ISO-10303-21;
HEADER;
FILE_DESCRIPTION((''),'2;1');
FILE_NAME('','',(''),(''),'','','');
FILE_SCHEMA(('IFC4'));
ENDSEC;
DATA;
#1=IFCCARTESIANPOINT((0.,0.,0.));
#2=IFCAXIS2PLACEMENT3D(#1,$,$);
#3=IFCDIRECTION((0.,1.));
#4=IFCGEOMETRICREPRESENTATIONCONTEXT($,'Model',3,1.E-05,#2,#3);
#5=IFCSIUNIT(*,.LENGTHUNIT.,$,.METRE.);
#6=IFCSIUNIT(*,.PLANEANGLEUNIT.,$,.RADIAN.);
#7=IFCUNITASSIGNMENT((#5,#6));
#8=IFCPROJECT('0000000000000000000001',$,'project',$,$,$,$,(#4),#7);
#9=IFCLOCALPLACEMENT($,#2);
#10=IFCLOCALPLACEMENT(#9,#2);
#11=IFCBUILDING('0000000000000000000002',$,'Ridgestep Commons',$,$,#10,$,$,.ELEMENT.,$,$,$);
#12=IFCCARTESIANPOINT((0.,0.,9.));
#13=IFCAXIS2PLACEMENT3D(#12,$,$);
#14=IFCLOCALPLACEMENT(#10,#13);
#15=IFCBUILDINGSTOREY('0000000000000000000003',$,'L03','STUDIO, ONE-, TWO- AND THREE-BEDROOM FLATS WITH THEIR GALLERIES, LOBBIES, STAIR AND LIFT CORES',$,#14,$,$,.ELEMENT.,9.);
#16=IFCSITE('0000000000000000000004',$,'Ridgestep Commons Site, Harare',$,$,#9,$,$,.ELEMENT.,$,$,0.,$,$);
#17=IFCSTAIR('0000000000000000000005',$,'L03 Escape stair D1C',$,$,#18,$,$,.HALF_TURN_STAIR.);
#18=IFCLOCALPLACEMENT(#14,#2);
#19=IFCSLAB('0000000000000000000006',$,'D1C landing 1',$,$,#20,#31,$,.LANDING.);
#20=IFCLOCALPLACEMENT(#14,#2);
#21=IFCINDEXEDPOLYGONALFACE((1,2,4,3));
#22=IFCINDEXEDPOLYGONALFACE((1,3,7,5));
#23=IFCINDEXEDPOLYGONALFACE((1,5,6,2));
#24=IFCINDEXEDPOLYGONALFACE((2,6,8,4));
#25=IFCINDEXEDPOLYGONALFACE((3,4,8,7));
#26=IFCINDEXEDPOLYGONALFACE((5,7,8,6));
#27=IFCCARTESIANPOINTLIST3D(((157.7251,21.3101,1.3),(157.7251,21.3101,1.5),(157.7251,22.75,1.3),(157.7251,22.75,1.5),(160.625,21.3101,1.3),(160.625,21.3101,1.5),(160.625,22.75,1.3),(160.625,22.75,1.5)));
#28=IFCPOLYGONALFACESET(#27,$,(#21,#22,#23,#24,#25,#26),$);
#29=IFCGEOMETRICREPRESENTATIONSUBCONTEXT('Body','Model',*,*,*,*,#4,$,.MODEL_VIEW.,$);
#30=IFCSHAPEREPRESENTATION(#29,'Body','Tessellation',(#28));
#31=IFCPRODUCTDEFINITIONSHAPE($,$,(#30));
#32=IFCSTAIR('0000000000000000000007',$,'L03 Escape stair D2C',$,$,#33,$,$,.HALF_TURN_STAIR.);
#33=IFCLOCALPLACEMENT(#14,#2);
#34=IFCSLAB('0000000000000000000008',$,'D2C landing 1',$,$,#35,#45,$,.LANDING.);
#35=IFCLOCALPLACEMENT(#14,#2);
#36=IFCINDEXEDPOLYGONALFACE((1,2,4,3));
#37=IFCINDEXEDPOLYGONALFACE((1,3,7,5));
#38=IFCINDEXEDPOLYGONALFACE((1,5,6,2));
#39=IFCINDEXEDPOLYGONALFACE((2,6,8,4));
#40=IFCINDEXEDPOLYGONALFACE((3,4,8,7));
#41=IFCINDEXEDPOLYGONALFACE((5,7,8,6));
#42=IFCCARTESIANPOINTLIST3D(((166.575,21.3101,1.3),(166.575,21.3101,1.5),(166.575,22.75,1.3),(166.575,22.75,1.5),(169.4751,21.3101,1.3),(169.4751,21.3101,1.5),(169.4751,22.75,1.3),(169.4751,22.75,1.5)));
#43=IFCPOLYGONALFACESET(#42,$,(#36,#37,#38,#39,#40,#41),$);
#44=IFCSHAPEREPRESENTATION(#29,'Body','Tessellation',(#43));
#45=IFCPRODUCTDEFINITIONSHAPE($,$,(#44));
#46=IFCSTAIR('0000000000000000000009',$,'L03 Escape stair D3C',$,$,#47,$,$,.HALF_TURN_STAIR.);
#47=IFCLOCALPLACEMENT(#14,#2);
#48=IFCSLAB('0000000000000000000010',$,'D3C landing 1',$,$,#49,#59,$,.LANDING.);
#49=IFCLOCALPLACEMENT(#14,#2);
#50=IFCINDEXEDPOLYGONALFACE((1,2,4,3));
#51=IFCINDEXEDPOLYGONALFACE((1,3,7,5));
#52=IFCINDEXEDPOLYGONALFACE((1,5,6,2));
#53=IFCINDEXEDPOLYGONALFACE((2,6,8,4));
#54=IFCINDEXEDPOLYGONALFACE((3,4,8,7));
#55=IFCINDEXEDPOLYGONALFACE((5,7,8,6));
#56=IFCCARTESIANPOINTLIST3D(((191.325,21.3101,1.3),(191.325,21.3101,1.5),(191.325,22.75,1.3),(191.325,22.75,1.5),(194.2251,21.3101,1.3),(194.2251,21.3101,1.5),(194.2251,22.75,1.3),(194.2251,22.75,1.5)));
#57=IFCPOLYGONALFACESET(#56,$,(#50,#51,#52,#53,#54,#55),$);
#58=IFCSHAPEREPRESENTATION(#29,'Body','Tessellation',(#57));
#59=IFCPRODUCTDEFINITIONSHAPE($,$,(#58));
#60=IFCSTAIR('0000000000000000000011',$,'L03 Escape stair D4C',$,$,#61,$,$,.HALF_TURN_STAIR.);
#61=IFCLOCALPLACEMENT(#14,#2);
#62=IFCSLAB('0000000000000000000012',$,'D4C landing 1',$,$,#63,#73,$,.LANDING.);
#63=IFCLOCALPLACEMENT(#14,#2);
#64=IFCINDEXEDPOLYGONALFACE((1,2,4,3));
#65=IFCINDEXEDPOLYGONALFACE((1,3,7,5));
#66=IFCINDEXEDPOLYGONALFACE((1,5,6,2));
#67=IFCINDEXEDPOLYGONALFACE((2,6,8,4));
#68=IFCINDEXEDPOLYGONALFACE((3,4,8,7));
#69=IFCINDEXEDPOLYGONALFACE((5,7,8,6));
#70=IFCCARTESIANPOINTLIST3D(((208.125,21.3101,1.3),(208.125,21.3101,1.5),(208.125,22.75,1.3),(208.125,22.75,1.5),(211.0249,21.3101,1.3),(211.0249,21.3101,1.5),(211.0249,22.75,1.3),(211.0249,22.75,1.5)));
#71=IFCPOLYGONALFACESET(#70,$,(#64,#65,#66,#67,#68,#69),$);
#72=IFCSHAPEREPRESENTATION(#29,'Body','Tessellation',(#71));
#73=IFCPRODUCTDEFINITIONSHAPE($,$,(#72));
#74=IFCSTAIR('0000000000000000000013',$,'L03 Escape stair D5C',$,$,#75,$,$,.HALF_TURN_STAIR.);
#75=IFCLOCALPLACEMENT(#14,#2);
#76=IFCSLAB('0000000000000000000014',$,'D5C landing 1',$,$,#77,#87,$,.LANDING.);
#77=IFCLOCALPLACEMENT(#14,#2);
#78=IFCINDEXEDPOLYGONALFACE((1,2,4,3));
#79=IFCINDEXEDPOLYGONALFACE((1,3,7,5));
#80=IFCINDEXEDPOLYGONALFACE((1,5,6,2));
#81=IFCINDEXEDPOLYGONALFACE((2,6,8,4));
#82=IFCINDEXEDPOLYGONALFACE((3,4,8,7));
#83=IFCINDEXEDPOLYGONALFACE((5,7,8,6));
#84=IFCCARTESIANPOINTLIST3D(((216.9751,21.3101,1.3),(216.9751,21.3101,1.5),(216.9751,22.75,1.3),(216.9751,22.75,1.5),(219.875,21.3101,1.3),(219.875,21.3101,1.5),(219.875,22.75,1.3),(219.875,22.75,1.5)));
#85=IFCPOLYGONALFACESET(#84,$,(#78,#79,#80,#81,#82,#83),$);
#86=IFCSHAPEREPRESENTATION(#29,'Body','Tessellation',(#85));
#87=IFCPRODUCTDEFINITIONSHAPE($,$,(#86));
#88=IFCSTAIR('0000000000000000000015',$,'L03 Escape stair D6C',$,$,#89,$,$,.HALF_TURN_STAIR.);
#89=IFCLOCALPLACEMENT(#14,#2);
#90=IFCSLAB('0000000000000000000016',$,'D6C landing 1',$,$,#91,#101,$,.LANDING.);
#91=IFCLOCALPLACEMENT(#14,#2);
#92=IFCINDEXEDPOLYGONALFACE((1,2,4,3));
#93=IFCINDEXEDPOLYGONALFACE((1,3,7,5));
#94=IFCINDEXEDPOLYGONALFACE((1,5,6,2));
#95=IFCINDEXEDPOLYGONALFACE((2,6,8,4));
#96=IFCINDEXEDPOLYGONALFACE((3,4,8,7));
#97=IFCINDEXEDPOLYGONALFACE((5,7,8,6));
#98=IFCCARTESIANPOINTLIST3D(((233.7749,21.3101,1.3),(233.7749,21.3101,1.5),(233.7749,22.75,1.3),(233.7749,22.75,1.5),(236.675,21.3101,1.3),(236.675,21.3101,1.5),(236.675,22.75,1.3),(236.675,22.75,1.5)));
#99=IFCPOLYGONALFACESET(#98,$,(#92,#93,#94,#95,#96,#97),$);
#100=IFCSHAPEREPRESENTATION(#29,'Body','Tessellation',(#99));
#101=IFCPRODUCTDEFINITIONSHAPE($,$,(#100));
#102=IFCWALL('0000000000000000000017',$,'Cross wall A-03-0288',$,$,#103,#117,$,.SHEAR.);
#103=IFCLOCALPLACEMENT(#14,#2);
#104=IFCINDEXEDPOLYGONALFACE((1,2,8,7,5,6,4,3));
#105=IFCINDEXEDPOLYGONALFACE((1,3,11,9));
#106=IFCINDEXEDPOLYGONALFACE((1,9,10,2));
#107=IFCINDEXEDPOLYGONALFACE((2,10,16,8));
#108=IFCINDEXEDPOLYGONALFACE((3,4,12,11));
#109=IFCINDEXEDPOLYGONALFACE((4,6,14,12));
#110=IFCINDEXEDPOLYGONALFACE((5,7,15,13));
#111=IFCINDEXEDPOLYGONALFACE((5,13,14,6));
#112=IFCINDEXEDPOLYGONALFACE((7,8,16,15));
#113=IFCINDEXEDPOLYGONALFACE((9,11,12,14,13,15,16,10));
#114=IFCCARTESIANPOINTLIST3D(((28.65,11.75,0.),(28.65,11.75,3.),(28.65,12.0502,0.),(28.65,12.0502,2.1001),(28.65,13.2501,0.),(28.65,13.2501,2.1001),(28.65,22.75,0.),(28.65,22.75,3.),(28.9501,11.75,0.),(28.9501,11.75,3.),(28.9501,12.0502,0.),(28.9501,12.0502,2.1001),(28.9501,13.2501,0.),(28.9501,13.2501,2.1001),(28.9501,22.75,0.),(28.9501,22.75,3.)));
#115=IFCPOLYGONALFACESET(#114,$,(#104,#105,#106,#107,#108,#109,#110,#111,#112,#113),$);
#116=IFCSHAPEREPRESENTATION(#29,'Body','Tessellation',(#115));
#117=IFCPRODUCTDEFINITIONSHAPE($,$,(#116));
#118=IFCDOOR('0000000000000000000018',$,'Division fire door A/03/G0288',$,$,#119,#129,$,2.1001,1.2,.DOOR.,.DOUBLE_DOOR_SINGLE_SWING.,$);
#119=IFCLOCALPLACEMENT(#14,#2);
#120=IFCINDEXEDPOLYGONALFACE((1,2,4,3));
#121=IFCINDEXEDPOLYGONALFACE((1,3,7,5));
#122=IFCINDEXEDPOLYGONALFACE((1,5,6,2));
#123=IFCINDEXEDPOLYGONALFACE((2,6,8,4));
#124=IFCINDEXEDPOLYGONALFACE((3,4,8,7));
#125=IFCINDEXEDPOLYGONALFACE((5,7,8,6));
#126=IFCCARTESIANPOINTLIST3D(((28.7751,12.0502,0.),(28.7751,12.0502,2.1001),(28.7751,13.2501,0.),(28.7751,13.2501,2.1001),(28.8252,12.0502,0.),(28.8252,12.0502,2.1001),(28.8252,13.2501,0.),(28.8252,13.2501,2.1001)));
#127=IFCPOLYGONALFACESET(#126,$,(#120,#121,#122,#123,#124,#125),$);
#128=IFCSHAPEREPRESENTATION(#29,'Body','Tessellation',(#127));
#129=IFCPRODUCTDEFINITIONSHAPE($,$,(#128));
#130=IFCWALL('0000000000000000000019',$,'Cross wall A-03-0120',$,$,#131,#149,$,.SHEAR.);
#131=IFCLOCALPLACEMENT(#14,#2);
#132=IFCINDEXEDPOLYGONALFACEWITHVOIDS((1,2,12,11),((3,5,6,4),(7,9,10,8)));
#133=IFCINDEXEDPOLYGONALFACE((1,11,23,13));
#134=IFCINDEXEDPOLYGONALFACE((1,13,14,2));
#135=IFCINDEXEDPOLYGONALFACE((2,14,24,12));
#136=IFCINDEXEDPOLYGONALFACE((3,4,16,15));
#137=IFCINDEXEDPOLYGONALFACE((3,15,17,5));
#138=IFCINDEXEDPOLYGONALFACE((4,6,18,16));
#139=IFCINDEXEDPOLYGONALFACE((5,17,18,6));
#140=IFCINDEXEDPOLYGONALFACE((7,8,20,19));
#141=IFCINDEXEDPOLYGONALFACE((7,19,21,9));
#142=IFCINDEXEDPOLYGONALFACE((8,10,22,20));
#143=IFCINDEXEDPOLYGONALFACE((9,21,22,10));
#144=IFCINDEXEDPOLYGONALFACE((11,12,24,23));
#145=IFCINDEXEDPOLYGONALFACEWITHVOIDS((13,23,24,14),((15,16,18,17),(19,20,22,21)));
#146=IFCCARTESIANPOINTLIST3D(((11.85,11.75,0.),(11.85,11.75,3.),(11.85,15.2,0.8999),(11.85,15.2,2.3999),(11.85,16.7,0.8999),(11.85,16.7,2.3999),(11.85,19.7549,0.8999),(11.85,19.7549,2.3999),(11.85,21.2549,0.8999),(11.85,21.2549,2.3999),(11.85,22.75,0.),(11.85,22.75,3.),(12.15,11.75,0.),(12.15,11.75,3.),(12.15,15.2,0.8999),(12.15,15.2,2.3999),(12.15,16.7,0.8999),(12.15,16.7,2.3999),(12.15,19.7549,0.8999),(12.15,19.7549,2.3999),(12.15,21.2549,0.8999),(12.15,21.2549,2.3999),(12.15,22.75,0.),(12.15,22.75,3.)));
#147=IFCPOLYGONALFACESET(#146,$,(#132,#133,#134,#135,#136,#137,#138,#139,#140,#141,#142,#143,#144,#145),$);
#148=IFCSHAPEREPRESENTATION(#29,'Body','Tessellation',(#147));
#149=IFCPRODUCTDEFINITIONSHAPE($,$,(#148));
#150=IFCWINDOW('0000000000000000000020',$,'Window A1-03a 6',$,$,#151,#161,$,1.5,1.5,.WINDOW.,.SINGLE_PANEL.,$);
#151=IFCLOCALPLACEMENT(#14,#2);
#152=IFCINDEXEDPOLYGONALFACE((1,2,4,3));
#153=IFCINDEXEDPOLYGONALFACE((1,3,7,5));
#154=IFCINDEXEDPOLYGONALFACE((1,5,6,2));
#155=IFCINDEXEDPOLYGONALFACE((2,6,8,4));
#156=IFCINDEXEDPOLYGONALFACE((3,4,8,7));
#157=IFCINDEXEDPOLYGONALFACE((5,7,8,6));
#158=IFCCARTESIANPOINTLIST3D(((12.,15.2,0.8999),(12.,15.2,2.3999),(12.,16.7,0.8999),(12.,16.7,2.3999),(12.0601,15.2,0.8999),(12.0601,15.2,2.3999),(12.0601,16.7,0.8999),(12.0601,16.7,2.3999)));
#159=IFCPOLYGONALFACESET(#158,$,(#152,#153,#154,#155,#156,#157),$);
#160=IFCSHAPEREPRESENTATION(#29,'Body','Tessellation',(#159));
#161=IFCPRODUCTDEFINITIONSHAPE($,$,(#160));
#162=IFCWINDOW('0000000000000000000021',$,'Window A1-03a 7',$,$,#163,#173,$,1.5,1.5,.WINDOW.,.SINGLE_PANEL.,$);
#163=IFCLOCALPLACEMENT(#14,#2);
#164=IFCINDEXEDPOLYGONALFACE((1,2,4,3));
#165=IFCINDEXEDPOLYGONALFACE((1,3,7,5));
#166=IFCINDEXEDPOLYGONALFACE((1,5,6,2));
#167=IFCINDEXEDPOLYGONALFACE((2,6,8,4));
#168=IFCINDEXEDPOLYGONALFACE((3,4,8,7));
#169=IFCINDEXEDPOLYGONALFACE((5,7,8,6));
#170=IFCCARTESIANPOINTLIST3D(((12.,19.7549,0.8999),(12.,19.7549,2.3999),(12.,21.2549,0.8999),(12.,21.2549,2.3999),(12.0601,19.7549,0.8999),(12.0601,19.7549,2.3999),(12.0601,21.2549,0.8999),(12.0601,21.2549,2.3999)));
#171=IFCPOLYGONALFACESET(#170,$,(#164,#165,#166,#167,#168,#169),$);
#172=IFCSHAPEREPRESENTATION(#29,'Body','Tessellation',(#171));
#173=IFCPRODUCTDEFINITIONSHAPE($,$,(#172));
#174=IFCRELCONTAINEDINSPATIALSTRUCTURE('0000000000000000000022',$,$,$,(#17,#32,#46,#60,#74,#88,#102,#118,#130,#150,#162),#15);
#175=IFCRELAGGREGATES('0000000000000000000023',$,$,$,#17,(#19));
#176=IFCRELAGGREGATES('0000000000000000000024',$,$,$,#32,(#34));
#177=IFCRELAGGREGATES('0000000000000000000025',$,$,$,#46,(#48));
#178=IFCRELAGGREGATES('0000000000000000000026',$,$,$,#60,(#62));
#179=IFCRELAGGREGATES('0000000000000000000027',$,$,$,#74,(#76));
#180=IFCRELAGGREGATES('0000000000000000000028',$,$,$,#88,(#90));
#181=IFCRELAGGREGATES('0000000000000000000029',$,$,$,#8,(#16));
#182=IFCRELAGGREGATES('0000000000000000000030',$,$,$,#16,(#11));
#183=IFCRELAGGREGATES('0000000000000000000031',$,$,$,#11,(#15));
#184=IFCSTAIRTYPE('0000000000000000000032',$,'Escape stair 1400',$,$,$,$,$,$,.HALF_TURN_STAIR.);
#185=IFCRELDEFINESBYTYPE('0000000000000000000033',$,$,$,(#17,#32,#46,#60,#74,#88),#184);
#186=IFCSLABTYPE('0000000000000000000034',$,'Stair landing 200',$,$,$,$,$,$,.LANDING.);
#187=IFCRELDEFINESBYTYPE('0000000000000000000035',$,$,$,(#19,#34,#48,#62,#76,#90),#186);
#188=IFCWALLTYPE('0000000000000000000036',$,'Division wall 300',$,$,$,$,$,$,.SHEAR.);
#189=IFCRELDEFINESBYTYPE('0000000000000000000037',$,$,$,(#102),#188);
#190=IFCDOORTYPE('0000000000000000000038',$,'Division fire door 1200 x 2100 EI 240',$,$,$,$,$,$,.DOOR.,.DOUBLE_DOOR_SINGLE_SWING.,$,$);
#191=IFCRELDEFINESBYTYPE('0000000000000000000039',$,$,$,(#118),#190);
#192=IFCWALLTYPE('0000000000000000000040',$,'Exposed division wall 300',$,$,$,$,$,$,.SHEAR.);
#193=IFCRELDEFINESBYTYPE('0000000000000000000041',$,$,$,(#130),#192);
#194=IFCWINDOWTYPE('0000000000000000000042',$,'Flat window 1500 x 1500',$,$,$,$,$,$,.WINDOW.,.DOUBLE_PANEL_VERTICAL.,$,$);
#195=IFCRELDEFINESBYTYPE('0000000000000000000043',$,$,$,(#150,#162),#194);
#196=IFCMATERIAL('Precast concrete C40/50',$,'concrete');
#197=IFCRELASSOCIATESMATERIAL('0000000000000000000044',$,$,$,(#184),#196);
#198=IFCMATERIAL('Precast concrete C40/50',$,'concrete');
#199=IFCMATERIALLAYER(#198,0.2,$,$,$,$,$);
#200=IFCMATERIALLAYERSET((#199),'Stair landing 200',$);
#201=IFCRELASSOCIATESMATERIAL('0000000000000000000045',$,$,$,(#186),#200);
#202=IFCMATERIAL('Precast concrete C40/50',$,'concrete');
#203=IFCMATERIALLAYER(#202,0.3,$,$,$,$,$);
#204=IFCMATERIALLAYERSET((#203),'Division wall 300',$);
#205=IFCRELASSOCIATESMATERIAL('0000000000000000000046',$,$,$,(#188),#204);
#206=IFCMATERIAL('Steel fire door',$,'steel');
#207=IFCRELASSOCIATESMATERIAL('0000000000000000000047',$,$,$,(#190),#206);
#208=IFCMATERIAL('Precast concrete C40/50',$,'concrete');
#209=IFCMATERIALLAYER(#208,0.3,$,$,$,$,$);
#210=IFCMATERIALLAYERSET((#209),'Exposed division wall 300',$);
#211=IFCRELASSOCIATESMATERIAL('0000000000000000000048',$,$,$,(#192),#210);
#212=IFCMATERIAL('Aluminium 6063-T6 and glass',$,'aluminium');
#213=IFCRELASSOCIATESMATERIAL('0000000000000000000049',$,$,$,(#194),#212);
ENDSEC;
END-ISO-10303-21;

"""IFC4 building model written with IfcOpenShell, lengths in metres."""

from ifc_helpers import new_model, si_unit, direction, frame, frame_2d, origin, place, context, subcontext, project, spatial, polyline, rectangle, outline, extrude, material, layer, layer_set, type_object, element, fill, aggregate, save


model = new_model("IFC4")

# Units and contexts
model_context = context("Model", 3, precision=1e-05, world=origin(), true_north=direction((0.0, 1.0)))
body_context = subcontext(model_context, "Body", "Model", "MODEL_VIEW")
ifc_project = project(units=[si_unit("LENGTHUNIT", "METRE"), si_unit("PLANEANGLEUNIT", "RADIAN")], contexts=[model_context])

# Site, building, storey
site_placement = place(None, origin())
site = spatial("IfcSite", under=ifc_project, at=site_placement, Name="Ridgestep Commons Site, Harare", CompositionType="ELEMENT", RefElevation=0.0)
building_placement = place(site_placement, origin())
building = spatial("IfcBuilding", under=site, at=building_placement, Name="Ridgestep Commons", CompositionType="ELEMENT")
storey_placement = place(building_placement, frame((0.0, 0.0, 9.0)))
storey = spatial("IfcBuildingStorey", under=building, at=storey_placement, Name="L03", Description="STUDIO, ONE-, TWO- AND THREE-BEDROOM FLATS WITH THEIR GALLERIES, LOBBIES, STAIR AND LIFT CORES", CompositionType="ELEMENT", Elevation=9.0)

# Stairs, slabs
ifc_material_1 = material(Name="Precast concrete C40/50", Category="concrete")
stair_type = type_object("IfcStairType", Name="Escape stair 1400", PredefinedType="HALF_TURN_STAIR", material=ifc_material_1)
ifc_material_2 = material(Name="Precast concrete C40/50", Category="concrete")
ifc_layer_1 = layer(ifc_material_2, 0.2)
ifc_layer_set_1 = layer_set([ifc_layer_1], Name="Stair landing 200")
slab_type = type_object("IfcSlabType", Name="Stair landing 200", PredefinedType="LANDING", material=ifc_layer_set_1)
stair_1_placement = place(storey_placement, origin())
stair_1 = element("IfcStair", 1, at=stair_1_placement, inside=storey, type_object=stair_type, Name="L03 Escape stair D1C", PredefinedType="HALF_TURN_STAIR")
slab_1_placement = place(storey_placement, frame((0.0, 0.0, 1.3)))
slab_1 = element("IfcSlab", 2, at=slab_1_placement, type_object=slab_type, Name="D1C landing 1", PredefinedType="LANDING", context=body_context, shape_type="SweptSolid", body=[
    extrude(outline(polyline([(160.625, 21.3101), (160.625, 22.75), (157.7251, 22.75), (157.7251, 21.3101), (160.625, 21.3101)])), origin(), (0.0, 0.0, 1.0), 0.2),
])
aggregate(stair_1, [slab_1])
stair_2_placement = place(storey_placement, origin())
stair_2 = element("IfcStair", 3, at=stair_2_placement, inside=storey, type_object=stair_type, Name="L03 Escape stair D2C", PredefinedType="HALF_TURN_STAIR")
slab_2_placement = place(storey_placement, frame((0.0, 0.0, 1.3)))
slab_2 = element("IfcSlab", 4, at=slab_2_placement, type_object=slab_type, Name="D2C landing 1", PredefinedType="LANDING", context=body_context, shape_type="SweptSolid", body=[
    extrude(outline(polyline([(169.4751, 21.3101), (169.4751, 22.75), (166.575, 22.75), (166.575, 21.3101), (169.4751, 21.3101)])), origin(), (0.0, 0.0, 1.0), 0.2),
])
aggregate(stair_2, [slab_2])
stair_3_placement = place(storey_placement, origin())
stair_3 = element("IfcStair", 5, at=stair_3_placement, inside=storey, type_object=stair_type, Name="L03 Escape stair D3C", PredefinedType="HALF_TURN_STAIR")
slab_3_placement = place(storey_placement, frame((0.0, 0.0, 1.3)))
slab_3 = element("IfcSlab", 6, at=slab_3_placement, type_object=slab_type, Name="D3C landing 1", PredefinedType="LANDING", context=body_context, shape_type="SweptSolid", body=[
    extrude(outline(polyline([(194.2251, 21.3101), (194.2251, 22.75), (191.325, 22.75), (191.325, 21.3101), (194.2251, 21.3101)])), origin(), (0.0, 0.0, 1.0), 0.2),
])
aggregate(stair_3, [slab_3])
stair_4_placement = place(storey_placement, origin())
stair_4 = element("IfcStair", 7, at=stair_4_placement, inside=storey, type_object=stair_type, Name="L03 Escape stair D4C", PredefinedType="HALF_TURN_STAIR")
slab_4_placement = place(storey_placement, frame((0.0, 0.0, 1.3)))
slab_4 = element("IfcSlab", 8, at=slab_4_placement, type_object=slab_type, Name="D4C landing 1", PredefinedType="LANDING", context=body_context, shape_type="SweptSolid", body=[
    extrude(outline(polyline([(211.0249, 21.3101), (211.0249, 22.75), (208.125, 22.75), (208.125, 21.3101), (211.0249, 21.3101)])), origin(), (0.0, 0.0, 1.0), 0.2),
])
aggregate(stair_4, [slab_4])
stair_5_placement = place(storey_placement, origin())
stair_5 = element("IfcStair", 9, at=stair_5_placement, inside=storey, type_object=stair_type, Name="L03 Escape stair D5C", PredefinedType="HALF_TURN_STAIR")
slab_5_placement = place(storey_placement, frame((0.0, 0.0, 1.3)))
slab_5 = element("IfcSlab", 10, at=slab_5_placement, type_object=slab_type, Name="D5C landing 1", PredefinedType="LANDING", context=body_context, shape_type="SweptSolid", body=[
    extrude(outline(polyline([(219.875, 21.3101), (219.875, 22.75), (216.9751, 22.75), (216.9751, 21.3101), (219.875, 21.3101)])), origin(), (0.0, 0.0, 1.0), 0.2),
])
aggregate(stair_5, [slab_5])
stair_6_placement = place(storey_placement, origin())
stair_6 = element("IfcStair", 11, at=stair_6_placement, inside=storey, type_object=stair_type, Name="L03 Escape stair D6C", PredefinedType="HALF_TURN_STAIR")
slab_6_placement = place(storey_placement, frame((0.0, 0.0, 1.3)))
slab_6 = element("IfcSlab", 12, at=slab_6_placement, type_object=slab_type, Name="D6C landing 1", PredefinedType="LANDING", context=body_context, shape_type="SweptSolid", body=[
    extrude(outline(polyline([(236.675, 21.3101), (236.675, 22.75), (233.7749, 22.75), (233.7749, 21.3101), (236.675, 21.3101)])), origin(), (0.0, 0.0, 1.0), 0.2),
])
aggregate(stair_6, [slab_6])

# Wall, opening, door
ifc_material_3 = material(Name="Precast concrete C40/50", Category="concrete")
ifc_layer_2 = layer(ifc_material_3, 0.3)
ifc_layer_set_2 = layer_set([ifc_layer_2], Name="Division wall 300")
wall_type_1 = type_object("IfcWallType", Name="Division wall 300", PredefinedType="SHEAR", material=ifc_layer_set_2)
wall_1_placement = place(storey_placement, frame((28.8, 11.75, 0.0), z_axis=(0.0, 0.0, 1.0), x_axis=(0.0, 1.0, 0.0)))
wall_1 = element("IfcWall", 13, at=wall_1_placement, inside=storey, type_object=wall_type_1, Name="Cross wall A-03-0288", PredefinedType="SHEAR", context=body_context, shape_type="SweptSolid", body=[
    extrude(rectangle(XDim=11.0, YDim=0.3, at=frame_2d((5.5, 0.0))), origin(), (0.0, 0.0, 1.0), 3.0),
])
opening_1_placement = place(wall_1_placement, frame((0.3, 0.0, 0.0)))
opening_1 = element("IfcOpeningElement", 14, at=opening_1_placement, cuts=wall_1, PredefinedType="OPENING", context=body_context, shape_type="SweptSolid", body=[
    extrude(rectangle(XDim=1.2, YDim=2.1001, at=frame_2d((0.6001, 1.05))), frame((0.0, 0.1599, 0.0), z_axis=(0.0, -1.0, 0.0), x_axis=(1.0, 0.0, 0.0)), (0.0, 0.0, 1.0), 0.3201),
])
ifc_material_4 = material(Name="Steel fire door", Category="steel")
door_type = type_object("IfcDoorType", Name="Division fire door 1200 x 2100 EI 240", OperationType="DOUBLE_DOOR_SINGLE_SWING", PredefinedType="DOOR", material=ifc_material_4)
door_placement = place(opening_1_placement, origin())
door = element("IfcDoor", 15, at=door_placement, inside=storey, type_object=door_type, Name="Division fire door A/03/G0288", OperationType="DOUBLE_DOOR_SINGLE_SWING", OverallHeight=2.1001, OverallWidth=1.2, PredefinedType="DOOR", context=body_context, shape_type="SweptSolid", body=[
    extrude(rectangle(XDim=1.2, YDim=2.1001, at=frame_2d((0.6001, 1.05))), frame((0.0, 0.0249, 0.0), z_axis=(0.0, -1.0, 0.0), x_axis=(1.0, 0.0, 0.0)), (0.0, 0.0, 1.0), 0.05),
])
fill(opening_1, door)

# Wall, openings, windows
ifc_material_5 = material(Name="Precast concrete C40/50", Category="concrete")
ifc_layer_3 = layer(ifc_material_5, 0.3)
ifc_layer_set_3 = layer_set([ifc_layer_3], Name="Exposed division wall 300")
wall_type_2 = type_object("IfcWallType", Name="Exposed division wall 300", PredefinedType="SHEAR", material=ifc_layer_set_3)
wall_2_placement = place(storey_placement, frame((12.0, 11.75, 0.0), z_axis=(0.0, 0.0, 1.0), x_axis=(0.0, 1.0, 0.0)))
wall_2 = element("IfcWall", 16, at=wall_2_placement, inside=storey, type_object=wall_type_2, Name="Cross wall A-03-0120", PredefinedType="SHEAR", context=body_context, shape_type="SweptSolid", body=[
    extrude(rectangle(XDim=11.0, YDim=0.3, at=frame_2d((5.5, 0.0))), origin(), (0.0, 0.0, 1.0), 3.0),
])
opening_2_placement = place(wall_2_placement, frame((3.45, 0.0, 0.8999)))
opening_2 = element("IfcOpeningElement", 17, at=opening_2_placement, cuts=wall_2, PredefinedType="OPENING", context=body_context, shape_type="SweptSolid", body=[
    extrude(rectangle(XDim=1.5, YDim=1.5, at=frame_2d((0.75, 0.75))), frame((0.0, 0.1599, 0.0), z_axis=(0.0, -1.0, 0.0), x_axis=(1.0, 0.0, 0.0)), (0.0, 0.0, 1.0), 0.3201),
])
opening_3_placement = place(wall_2_placement, frame((8.0049, 0.0, 0.8999)))
opening_3 = element("IfcOpeningElement", 18, at=opening_3_placement, cuts=wall_2, PredefinedType="OPENING", context=body_context, shape_type="SweptSolid", body=[
    extrude(rectangle(XDim=1.5, YDim=1.5, at=frame_2d((0.75, 0.75))), frame((0.0, 0.1599, 0.0), z_axis=(0.0, -1.0, 0.0), x_axis=(1.0, 0.0, 0.0)), (0.0, 0.0, 1.0), 0.3201),
])
ifc_material_6 = material(Name="Aluminium 6063-T6 and glass", Category="aluminium")
window_type = type_object("IfcWindowType", Name="Flat window 1500 x 1500", PartitioningType="DOUBLE_PANEL_VERTICAL", PredefinedType="WINDOW", material=ifc_material_6)
window_1_placement = place(opening_2_placement, origin())
window_1 = element("IfcWindow", 19, at=window_1_placement, inside=storey, type_object=window_type, Name="Window A1-03a 6", OverallHeight=1.5, OverallWidth=1.5, PartitioningType="SINGLE_PANEL", PredefinedType="WINDOW", context=body_context, shape_type="SweptSolid", body=[
    extrude(rectangle(XDim=1.5, YDim=1.5, at=frame_2d((0.75, 0.75))), frame((0.0, 0.0, 0.0), z_axis=(0.0, -1.0, 0.0), x_axis=(1.0, 0.0, 0.0)), (0.0, 0.0, 1.0), 0.0601),
])
fill(opening_2, window_1)
window_2_placement = place(opening_3_placement, origin())
window_2 = element("IfcWindow", 20, at=window_2_placement, inside=storey, type_object=window_type, Name="Window A1-03a 7", OverallHeight=1.5, OverallWidth=1.5, PartitioningType="SINGLE_PANEL", PredefinedType="WINDOW", context=body_context, shape_type="SweptSolid", body=[
    extrude(rectangle(XDim=1.5, YDim=1.5, at=frame_2d((0.75, 0.75))), frame((0.0, 0.0, 0.0), z_axis=(0.0, -1.0, 0.0), x_axis=(1.0, 0.0, 0.0)), (0.0, 0.0, 1.0), 0.0601),
])
fill(opening_3, window_2)

save(model, "model.ifc")
